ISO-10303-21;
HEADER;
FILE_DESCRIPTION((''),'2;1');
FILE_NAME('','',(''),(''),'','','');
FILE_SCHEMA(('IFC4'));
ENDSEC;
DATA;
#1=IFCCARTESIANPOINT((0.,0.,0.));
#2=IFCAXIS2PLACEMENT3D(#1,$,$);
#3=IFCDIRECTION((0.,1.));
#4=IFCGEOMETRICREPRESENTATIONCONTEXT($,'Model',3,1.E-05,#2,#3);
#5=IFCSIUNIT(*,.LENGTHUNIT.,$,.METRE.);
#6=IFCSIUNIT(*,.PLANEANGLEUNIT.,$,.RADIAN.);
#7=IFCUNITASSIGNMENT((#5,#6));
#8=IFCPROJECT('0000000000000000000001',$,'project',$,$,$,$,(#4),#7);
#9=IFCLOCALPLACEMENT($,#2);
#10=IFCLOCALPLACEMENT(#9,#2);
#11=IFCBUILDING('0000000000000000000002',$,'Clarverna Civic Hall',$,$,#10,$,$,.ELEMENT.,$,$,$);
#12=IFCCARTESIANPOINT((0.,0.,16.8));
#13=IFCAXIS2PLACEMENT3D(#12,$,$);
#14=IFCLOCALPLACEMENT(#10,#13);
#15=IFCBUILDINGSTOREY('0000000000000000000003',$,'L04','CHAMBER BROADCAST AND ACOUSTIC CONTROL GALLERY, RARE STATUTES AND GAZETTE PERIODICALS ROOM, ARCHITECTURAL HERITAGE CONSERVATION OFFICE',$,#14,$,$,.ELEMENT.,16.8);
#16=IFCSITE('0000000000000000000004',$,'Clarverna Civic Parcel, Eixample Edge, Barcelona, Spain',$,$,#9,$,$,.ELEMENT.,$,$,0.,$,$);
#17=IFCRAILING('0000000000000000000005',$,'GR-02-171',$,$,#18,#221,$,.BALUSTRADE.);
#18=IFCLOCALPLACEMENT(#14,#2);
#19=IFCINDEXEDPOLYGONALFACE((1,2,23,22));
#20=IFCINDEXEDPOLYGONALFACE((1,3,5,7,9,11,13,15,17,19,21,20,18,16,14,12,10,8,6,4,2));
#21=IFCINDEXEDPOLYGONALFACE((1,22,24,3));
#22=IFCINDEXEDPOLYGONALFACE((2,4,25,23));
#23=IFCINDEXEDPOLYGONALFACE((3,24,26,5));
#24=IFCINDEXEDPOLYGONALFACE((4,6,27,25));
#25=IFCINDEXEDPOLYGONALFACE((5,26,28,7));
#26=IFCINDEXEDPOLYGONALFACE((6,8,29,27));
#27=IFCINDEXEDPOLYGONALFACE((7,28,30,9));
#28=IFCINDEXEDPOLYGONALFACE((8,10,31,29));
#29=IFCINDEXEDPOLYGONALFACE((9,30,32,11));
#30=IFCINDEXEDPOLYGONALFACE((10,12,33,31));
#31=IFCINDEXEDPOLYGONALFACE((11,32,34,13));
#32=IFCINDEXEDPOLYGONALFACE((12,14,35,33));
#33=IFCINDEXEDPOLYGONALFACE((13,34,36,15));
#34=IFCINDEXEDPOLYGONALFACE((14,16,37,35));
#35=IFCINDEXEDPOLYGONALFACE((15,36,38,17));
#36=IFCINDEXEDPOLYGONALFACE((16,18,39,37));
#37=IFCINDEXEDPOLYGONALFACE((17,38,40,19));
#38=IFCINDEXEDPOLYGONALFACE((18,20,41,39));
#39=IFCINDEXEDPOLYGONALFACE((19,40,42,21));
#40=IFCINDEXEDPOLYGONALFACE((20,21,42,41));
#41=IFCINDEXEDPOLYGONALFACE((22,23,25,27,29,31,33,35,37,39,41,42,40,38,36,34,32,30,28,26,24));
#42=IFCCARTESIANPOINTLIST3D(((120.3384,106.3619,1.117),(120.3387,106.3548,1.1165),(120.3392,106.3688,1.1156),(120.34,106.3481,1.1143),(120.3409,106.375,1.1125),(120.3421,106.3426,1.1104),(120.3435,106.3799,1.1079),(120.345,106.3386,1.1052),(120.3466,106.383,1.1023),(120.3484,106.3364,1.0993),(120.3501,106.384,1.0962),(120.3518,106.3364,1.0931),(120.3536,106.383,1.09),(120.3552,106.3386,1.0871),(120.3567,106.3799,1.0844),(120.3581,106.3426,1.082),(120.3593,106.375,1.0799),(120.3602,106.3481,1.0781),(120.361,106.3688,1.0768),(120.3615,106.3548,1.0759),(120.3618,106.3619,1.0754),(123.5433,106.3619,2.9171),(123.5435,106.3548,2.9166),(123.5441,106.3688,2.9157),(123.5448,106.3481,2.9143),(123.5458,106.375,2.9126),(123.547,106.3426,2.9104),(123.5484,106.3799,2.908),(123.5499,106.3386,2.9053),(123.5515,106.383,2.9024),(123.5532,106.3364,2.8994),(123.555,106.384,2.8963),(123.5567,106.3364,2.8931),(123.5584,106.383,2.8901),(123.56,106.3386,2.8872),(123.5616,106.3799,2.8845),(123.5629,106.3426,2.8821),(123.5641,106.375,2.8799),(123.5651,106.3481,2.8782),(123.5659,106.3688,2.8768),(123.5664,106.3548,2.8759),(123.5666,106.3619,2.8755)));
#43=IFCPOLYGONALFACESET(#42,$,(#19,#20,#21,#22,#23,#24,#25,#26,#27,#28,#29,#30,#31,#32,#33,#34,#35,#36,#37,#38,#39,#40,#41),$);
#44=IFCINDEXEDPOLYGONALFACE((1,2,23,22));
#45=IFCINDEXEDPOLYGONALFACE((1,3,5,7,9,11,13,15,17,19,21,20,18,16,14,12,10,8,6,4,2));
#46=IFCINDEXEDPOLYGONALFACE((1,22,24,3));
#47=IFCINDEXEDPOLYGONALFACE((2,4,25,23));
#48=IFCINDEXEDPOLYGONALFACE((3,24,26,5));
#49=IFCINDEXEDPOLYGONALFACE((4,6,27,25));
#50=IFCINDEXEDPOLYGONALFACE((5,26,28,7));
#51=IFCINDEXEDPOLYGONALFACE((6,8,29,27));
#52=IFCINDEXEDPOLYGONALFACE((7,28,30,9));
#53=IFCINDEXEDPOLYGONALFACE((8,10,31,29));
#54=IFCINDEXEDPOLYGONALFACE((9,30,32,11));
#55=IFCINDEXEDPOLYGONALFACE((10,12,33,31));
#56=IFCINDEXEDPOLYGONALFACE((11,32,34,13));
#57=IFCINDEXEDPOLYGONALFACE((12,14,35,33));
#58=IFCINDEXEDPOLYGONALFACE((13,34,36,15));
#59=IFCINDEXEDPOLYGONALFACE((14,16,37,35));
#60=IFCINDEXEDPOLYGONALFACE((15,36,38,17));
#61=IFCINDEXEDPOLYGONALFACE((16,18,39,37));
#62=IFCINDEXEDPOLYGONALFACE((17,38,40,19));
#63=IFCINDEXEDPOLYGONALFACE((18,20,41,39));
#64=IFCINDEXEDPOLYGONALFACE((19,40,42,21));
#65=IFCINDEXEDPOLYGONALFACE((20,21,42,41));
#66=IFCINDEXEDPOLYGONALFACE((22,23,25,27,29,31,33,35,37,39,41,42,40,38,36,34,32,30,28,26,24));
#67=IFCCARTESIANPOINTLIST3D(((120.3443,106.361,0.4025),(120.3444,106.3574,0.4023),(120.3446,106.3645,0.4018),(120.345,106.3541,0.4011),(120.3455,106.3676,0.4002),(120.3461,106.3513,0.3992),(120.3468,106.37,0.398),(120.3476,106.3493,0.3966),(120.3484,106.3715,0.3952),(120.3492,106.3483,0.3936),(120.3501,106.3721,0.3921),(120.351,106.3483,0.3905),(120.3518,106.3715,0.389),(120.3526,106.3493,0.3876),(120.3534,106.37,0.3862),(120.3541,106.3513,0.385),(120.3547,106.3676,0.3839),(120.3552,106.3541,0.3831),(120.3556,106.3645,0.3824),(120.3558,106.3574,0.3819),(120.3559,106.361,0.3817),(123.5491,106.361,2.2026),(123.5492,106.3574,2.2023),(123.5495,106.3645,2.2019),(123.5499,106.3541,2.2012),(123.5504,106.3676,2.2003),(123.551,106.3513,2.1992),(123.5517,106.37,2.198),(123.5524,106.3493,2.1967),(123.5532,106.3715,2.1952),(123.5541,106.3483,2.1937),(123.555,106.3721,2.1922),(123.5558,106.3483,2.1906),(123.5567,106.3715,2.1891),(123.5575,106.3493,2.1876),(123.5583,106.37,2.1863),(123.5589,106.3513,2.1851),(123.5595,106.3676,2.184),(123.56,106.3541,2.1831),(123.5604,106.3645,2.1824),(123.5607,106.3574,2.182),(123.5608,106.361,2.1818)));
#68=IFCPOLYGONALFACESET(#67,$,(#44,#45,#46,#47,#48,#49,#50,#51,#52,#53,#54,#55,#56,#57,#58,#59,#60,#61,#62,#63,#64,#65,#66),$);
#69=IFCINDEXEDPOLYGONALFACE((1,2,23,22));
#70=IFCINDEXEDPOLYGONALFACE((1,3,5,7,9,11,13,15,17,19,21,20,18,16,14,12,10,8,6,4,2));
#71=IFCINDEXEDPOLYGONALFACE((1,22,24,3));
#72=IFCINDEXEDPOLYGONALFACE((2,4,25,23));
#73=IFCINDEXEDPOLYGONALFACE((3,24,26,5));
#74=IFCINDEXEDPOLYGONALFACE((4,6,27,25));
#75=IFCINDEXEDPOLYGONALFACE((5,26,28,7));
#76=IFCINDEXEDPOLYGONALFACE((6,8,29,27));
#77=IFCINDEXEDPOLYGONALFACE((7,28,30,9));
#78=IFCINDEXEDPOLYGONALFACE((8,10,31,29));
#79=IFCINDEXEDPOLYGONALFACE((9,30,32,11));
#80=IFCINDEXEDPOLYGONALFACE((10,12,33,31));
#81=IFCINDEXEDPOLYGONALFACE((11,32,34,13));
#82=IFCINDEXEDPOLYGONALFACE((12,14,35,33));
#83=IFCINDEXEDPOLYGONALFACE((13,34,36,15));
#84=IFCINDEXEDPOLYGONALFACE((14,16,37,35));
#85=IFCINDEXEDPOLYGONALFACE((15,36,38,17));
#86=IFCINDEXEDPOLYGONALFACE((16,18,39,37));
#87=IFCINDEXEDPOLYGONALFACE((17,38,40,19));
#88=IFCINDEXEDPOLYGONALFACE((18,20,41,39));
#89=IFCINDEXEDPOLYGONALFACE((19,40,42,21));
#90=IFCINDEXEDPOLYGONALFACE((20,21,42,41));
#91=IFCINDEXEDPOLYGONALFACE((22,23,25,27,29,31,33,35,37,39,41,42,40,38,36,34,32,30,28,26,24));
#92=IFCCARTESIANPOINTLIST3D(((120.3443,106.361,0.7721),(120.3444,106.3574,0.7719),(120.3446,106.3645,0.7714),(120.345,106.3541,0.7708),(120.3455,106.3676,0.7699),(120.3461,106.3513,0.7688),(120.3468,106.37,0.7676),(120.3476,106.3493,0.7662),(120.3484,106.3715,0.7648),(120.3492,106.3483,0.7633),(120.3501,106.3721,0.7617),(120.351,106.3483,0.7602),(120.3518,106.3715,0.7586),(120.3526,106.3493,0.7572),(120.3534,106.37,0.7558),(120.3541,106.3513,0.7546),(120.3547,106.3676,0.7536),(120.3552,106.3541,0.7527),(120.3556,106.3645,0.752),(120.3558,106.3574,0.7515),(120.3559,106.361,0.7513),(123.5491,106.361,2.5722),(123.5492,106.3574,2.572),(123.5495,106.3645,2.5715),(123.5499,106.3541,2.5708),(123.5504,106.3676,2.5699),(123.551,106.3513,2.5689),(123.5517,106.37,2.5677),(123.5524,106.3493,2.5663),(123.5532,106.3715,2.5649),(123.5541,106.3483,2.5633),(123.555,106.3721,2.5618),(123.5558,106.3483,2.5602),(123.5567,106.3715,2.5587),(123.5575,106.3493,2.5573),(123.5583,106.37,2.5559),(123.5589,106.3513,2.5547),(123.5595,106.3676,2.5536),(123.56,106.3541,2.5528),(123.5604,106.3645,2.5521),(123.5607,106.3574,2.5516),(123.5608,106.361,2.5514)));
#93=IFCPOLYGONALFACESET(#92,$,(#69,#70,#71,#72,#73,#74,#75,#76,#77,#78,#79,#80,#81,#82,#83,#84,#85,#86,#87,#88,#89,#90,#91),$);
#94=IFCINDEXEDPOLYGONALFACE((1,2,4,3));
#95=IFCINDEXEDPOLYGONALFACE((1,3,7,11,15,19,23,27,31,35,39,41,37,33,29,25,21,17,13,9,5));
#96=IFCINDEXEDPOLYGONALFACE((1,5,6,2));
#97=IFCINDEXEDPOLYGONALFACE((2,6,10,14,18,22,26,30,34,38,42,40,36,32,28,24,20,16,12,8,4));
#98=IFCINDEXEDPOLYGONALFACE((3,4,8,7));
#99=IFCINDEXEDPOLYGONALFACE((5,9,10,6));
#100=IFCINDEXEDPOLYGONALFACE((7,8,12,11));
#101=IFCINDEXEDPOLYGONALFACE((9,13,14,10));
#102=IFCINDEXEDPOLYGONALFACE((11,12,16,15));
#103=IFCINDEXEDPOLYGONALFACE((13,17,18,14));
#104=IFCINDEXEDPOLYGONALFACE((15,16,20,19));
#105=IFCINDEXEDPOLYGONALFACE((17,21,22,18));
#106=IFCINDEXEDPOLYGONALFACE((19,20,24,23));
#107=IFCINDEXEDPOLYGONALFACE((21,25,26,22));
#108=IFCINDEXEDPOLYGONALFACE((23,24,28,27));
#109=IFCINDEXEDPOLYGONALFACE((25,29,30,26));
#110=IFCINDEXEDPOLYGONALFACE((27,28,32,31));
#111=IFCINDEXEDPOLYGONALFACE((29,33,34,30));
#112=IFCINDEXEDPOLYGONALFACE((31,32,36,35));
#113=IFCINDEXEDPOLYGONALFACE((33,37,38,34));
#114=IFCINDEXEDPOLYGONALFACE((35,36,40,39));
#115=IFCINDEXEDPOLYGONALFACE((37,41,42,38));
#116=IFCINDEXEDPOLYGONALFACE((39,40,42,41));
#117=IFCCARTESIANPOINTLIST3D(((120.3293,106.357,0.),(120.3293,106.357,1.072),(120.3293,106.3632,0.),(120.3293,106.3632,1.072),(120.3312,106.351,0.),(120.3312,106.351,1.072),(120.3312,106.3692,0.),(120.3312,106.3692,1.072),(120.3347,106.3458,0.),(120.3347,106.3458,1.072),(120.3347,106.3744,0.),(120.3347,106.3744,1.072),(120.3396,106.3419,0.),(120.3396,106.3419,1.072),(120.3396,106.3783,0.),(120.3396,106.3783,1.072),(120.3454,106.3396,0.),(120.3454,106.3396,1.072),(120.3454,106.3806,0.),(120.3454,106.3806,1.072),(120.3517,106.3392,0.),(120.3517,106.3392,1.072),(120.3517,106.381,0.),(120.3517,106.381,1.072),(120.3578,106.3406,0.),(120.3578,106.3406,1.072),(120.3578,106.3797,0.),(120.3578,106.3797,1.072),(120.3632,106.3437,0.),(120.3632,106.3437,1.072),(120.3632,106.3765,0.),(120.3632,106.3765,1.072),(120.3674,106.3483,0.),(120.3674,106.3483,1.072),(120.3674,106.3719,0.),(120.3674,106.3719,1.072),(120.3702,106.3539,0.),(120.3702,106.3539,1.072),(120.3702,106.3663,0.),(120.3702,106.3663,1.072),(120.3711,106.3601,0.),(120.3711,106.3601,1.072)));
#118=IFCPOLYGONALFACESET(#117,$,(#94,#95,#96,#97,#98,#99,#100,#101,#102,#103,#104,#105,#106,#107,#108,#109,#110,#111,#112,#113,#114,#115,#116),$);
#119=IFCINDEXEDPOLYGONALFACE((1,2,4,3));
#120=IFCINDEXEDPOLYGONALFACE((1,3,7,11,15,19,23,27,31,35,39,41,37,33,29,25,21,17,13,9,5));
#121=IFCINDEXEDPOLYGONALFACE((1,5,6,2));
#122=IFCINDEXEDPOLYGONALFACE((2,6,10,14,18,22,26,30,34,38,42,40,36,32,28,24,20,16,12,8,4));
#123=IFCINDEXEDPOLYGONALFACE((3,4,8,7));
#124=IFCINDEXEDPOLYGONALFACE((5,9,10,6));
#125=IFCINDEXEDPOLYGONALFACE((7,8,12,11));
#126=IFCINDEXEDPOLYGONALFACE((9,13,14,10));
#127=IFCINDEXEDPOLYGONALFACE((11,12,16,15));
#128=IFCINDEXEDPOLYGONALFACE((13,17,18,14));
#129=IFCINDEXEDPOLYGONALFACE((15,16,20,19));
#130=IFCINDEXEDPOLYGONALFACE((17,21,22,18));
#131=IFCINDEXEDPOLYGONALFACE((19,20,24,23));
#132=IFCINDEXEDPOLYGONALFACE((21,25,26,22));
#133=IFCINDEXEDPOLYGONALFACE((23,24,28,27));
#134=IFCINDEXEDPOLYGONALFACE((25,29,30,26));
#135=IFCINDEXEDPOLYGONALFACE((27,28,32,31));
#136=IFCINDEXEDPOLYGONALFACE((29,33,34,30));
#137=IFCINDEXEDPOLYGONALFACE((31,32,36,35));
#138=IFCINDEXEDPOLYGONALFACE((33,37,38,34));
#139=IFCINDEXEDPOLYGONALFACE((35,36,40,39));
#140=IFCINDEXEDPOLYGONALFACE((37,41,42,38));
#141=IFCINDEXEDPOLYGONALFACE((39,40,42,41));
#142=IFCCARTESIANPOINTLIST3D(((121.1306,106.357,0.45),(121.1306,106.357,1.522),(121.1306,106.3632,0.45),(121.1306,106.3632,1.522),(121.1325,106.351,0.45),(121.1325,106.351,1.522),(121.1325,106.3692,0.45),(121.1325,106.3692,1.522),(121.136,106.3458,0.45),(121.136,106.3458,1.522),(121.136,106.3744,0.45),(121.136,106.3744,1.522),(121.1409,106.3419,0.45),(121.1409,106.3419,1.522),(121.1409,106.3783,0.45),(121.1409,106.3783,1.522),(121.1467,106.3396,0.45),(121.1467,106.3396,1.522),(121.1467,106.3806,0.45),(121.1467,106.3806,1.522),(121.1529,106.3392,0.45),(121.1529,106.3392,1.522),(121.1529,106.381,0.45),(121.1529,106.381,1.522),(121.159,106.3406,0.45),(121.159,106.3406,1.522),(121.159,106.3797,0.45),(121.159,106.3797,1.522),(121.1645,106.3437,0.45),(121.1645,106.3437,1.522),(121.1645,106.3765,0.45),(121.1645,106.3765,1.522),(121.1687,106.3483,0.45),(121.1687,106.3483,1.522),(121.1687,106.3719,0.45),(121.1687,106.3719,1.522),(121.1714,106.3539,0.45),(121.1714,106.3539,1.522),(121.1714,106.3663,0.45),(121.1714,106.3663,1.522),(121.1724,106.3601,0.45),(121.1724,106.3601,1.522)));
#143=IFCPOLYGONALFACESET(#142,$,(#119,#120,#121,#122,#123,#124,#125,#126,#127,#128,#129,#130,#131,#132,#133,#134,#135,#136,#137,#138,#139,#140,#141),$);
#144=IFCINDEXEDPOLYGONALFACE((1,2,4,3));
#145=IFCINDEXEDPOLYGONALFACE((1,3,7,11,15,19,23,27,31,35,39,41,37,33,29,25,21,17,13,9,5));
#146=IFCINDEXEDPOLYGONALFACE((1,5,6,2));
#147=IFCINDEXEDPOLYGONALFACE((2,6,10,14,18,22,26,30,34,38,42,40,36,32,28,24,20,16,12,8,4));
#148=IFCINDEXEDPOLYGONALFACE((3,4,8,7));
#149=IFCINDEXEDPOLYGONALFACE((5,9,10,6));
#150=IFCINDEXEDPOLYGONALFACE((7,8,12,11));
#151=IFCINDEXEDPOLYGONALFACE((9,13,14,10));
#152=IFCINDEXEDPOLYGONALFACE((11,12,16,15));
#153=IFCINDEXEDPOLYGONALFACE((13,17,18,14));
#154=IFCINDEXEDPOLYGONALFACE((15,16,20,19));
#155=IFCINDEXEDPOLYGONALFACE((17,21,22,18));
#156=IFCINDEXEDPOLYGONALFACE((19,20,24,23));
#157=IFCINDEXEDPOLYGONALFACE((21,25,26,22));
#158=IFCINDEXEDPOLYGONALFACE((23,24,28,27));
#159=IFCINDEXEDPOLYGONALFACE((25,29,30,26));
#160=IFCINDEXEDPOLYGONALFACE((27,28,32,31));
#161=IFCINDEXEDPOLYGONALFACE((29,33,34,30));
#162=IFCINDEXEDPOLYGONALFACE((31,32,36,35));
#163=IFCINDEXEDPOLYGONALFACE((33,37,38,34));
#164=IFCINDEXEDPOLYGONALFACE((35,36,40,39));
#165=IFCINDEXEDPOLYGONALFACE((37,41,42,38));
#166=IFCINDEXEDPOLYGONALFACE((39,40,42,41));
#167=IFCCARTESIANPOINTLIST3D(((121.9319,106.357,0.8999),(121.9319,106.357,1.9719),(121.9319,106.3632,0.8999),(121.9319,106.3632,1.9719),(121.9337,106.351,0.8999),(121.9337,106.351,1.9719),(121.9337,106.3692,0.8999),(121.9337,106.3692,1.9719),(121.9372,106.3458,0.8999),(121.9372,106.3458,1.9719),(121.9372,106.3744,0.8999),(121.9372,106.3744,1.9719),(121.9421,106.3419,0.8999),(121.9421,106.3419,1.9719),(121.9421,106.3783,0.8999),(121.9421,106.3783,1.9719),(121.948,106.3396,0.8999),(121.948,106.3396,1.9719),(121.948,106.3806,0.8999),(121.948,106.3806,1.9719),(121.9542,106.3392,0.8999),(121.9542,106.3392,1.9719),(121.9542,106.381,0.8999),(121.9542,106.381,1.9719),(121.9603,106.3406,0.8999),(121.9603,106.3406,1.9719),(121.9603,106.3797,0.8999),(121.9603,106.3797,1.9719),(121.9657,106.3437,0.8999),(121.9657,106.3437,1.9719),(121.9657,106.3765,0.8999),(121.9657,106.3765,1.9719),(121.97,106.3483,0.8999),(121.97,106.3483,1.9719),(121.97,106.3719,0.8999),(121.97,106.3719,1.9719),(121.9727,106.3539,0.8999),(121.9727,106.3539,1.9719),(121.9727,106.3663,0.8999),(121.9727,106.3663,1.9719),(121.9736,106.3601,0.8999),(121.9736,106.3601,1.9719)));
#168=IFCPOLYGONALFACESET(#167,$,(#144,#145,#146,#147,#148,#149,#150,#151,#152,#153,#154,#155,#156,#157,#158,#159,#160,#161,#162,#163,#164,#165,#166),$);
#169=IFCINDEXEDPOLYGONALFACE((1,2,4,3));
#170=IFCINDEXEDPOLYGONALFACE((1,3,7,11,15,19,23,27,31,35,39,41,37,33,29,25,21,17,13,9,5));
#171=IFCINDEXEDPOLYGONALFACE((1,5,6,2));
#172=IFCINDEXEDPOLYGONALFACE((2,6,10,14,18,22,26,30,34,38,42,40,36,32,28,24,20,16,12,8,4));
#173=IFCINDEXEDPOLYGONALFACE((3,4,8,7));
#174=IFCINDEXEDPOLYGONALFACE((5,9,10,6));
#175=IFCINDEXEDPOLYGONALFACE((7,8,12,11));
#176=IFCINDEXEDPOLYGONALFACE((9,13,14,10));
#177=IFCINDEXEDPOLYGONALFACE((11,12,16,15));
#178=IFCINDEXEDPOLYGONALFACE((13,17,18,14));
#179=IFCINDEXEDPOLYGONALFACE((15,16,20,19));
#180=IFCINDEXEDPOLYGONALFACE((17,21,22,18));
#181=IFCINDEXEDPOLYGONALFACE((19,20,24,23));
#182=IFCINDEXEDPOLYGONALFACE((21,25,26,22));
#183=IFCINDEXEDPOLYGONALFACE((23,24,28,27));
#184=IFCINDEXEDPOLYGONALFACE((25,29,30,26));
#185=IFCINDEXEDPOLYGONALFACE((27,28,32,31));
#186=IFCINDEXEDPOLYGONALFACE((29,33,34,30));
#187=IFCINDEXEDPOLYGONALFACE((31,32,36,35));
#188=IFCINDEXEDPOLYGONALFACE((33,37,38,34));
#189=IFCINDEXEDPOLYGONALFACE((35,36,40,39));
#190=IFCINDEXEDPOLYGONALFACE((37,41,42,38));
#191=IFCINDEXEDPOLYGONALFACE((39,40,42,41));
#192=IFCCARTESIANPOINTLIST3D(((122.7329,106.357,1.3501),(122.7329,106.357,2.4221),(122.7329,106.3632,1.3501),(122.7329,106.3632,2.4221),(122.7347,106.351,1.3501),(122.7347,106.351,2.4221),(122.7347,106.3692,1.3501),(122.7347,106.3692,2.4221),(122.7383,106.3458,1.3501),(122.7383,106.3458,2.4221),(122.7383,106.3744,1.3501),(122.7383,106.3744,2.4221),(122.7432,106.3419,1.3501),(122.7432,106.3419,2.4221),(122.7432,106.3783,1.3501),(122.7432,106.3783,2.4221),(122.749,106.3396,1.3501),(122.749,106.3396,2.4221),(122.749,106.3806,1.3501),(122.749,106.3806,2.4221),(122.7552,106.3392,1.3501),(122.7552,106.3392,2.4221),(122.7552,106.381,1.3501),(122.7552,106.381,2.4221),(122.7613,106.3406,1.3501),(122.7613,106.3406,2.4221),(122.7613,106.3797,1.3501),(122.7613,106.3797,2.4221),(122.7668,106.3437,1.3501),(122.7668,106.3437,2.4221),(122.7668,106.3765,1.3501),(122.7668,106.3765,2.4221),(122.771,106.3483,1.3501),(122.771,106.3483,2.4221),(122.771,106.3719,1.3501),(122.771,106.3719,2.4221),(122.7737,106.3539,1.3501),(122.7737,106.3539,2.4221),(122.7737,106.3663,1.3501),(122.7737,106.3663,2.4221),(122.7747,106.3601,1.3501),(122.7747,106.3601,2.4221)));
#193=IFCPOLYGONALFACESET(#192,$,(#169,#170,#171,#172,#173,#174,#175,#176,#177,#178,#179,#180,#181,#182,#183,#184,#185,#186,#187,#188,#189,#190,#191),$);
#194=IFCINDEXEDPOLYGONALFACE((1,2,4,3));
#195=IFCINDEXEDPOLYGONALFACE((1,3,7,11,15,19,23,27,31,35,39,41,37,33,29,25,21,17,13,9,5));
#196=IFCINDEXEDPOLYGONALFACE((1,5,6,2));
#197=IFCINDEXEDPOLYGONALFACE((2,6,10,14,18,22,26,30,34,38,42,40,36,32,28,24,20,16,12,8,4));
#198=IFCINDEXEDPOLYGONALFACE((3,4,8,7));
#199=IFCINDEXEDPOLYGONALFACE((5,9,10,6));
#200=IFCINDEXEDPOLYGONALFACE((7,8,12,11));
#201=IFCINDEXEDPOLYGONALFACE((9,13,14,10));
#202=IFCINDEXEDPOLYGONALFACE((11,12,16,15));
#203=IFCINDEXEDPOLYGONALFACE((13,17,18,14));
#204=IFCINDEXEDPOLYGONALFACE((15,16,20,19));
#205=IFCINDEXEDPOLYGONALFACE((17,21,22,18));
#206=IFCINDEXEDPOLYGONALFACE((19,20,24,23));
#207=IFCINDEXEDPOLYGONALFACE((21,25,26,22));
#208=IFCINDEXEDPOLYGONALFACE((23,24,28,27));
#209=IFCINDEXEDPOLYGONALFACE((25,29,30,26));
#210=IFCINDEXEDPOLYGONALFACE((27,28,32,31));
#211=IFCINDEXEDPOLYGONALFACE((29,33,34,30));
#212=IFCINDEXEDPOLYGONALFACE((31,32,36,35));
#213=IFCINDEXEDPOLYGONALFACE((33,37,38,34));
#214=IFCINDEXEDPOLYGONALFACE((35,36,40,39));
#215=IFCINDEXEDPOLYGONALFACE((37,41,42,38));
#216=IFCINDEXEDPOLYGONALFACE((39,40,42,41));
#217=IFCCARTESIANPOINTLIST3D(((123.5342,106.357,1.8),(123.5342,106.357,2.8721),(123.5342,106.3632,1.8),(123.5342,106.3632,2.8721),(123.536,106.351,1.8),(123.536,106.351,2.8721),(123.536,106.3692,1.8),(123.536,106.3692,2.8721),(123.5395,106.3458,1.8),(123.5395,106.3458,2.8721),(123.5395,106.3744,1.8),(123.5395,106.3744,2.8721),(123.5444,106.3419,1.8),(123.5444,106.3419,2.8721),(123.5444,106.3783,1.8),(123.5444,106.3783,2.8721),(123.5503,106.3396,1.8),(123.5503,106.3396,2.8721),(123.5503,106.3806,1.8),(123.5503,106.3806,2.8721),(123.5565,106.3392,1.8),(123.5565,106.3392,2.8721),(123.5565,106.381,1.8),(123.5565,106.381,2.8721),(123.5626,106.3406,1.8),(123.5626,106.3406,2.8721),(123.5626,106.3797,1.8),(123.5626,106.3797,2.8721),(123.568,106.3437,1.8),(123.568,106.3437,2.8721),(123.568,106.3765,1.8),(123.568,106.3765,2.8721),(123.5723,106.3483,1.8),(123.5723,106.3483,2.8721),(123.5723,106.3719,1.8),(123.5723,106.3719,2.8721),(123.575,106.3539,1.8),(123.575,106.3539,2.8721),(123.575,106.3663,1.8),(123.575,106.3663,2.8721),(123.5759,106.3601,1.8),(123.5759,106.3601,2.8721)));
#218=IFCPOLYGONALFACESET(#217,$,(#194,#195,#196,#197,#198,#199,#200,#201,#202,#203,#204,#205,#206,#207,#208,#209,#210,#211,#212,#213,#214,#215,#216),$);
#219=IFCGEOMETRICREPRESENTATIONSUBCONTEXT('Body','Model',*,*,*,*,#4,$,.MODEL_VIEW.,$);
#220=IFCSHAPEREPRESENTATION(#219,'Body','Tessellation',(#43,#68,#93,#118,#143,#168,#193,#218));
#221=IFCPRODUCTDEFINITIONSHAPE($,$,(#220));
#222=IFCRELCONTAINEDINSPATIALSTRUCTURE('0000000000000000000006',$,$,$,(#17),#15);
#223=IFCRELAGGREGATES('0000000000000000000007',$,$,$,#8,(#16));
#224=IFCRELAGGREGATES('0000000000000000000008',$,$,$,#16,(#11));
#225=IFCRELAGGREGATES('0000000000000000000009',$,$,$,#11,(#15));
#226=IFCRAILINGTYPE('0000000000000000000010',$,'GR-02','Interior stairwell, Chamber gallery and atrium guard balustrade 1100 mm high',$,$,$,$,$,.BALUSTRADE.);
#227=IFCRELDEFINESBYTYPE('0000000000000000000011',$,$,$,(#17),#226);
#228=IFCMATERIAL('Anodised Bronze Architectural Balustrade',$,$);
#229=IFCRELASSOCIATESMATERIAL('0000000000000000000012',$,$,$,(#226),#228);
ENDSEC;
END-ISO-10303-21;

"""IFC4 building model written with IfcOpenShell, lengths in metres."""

from ifc_helpers import new_model, si_unit, direction, frame, origin, origin_2d, place, context, subcontext, project, spatial, circle, extrude, material, type_object, element, save


model = new_model("IFC4")

# Units and contexts
model_context = context("Model", 3, precision=1e-05, world=origin(), true_north=direction((0.0, 1.0)))
body_context = subcontext(model_context, "Body", "Model", "MODEL_VIEW")
ifc_project = project(units=[si_unit("LENGTHUNIT", "METRE"), si_unit("PLANEANGLEUNIT", "RADIAN")], contexts=[model_context])

# Site, building, storey
site_placement = place(None, origin())
site = spatial("IfcSite", under=ifc_project, at=site_placement, Name="Clarverna Civic Parcel, Eixample Edge, Barcelona, Spain", CompositionType="ELEMENT", RefElevation=0.0)
building_placement = place(site_placement, origin())
building = spatial("IfcBuilding", under=site, at=building_placement, Name="Clarverna Civic Hall", CompositionType="ELEMENT")
storey_placement = place(building_placement, frame((0.0, 0.0, 16.8)))
storey = spatial("IfcBuildingStorey", under=building, at=storey_placement, Name="L04", Description="CHAMBER BROADCAST AND ACOUSTIC CONTROL GALLERY, RARE STATUTES AND GAZETTE PERIODICALS ROOM, ARCHITECTURAL HERITAGE CONSERVATION OFFICE", CompositionType="ELEMENT", Elevation=16.8)

# Railing
ifc_material_1 = material(Name="Anodised Bronze Architectural Balustrade")
railing_type_1 = type_object("IfcRailingType", Name="GR-02", Description="Interior stairwell, Chamber gallery and atrium guard balustrade 1100 mm high", PredefinedType="BALUSTRADE", material=ifc_material_1)
railing_1_placement = place(storey_placement, frame((120.3501, 106.3601, 0.0)))
element("IfcRailing", 1, at=railing_1_placement, inside=storey, type_object=railing_type_1, Name="GR-02-171", PredefinedType="BALUSTRADE", context=body_context, shape_type="SweptSolid", body=[
    extrude(circle(Radius=0.0239, at=origin_2d()), frame((0.0, 0.0, 1.0962), z_axis=(0.871886, 0.0, 0.489709), x_axis=(0.0, 1.0, 0.0)), (0.0, 0.0, 1.0), 3.6758),
    extrude(circle(Radius=0.012, at=origin_2d()), frame((0.0, 0.0, 0.3921), z_axis=(0.871886, 0.0, 0.489709), x_axis=(0.0, 1.0, 0.0)), (0.0, 0.0, 1.0), 3.6758),
    extrude(circle(Radius=0.012, at=origin_2d()), frame((0.0, 0.0, 0.7617), z_axis=(0.871886, 0.0, 0.489709), x_axis=(0.0, 1.0, 0.0)), (0.0, 0.0, 1.0), 3.6758),
    extrude(circle(Radius=0.021, at=origin_2d()), origin(), (0.0, 0.0, 1.0), 1.072),
    extrude(circle(Radius=0.021, at=origin_2d()), frame((0.8013, 0.0, 0.45)), (0.0, 0.0, 1.0), 1.072),
    extrude(circle(Radius=0.021, at=origin_2d()), frame((1.6025, 0.0, 0.8999)), (0.0, 0.0, 1.0), 1.072),
    extrude(circle(Radius=0.021, at=origin_2d()), frame((2.4036, 0.0, 1.3501)), (0.0, 0.0, 1.0), 1.072),
    extrude(circle(Radius=0.021, at=origin_2d()), frame((3.2048, 0.0, 1.8)), (0.0, 0.0, 1.0), 1.072),
])

save(model, "model.ifc")
